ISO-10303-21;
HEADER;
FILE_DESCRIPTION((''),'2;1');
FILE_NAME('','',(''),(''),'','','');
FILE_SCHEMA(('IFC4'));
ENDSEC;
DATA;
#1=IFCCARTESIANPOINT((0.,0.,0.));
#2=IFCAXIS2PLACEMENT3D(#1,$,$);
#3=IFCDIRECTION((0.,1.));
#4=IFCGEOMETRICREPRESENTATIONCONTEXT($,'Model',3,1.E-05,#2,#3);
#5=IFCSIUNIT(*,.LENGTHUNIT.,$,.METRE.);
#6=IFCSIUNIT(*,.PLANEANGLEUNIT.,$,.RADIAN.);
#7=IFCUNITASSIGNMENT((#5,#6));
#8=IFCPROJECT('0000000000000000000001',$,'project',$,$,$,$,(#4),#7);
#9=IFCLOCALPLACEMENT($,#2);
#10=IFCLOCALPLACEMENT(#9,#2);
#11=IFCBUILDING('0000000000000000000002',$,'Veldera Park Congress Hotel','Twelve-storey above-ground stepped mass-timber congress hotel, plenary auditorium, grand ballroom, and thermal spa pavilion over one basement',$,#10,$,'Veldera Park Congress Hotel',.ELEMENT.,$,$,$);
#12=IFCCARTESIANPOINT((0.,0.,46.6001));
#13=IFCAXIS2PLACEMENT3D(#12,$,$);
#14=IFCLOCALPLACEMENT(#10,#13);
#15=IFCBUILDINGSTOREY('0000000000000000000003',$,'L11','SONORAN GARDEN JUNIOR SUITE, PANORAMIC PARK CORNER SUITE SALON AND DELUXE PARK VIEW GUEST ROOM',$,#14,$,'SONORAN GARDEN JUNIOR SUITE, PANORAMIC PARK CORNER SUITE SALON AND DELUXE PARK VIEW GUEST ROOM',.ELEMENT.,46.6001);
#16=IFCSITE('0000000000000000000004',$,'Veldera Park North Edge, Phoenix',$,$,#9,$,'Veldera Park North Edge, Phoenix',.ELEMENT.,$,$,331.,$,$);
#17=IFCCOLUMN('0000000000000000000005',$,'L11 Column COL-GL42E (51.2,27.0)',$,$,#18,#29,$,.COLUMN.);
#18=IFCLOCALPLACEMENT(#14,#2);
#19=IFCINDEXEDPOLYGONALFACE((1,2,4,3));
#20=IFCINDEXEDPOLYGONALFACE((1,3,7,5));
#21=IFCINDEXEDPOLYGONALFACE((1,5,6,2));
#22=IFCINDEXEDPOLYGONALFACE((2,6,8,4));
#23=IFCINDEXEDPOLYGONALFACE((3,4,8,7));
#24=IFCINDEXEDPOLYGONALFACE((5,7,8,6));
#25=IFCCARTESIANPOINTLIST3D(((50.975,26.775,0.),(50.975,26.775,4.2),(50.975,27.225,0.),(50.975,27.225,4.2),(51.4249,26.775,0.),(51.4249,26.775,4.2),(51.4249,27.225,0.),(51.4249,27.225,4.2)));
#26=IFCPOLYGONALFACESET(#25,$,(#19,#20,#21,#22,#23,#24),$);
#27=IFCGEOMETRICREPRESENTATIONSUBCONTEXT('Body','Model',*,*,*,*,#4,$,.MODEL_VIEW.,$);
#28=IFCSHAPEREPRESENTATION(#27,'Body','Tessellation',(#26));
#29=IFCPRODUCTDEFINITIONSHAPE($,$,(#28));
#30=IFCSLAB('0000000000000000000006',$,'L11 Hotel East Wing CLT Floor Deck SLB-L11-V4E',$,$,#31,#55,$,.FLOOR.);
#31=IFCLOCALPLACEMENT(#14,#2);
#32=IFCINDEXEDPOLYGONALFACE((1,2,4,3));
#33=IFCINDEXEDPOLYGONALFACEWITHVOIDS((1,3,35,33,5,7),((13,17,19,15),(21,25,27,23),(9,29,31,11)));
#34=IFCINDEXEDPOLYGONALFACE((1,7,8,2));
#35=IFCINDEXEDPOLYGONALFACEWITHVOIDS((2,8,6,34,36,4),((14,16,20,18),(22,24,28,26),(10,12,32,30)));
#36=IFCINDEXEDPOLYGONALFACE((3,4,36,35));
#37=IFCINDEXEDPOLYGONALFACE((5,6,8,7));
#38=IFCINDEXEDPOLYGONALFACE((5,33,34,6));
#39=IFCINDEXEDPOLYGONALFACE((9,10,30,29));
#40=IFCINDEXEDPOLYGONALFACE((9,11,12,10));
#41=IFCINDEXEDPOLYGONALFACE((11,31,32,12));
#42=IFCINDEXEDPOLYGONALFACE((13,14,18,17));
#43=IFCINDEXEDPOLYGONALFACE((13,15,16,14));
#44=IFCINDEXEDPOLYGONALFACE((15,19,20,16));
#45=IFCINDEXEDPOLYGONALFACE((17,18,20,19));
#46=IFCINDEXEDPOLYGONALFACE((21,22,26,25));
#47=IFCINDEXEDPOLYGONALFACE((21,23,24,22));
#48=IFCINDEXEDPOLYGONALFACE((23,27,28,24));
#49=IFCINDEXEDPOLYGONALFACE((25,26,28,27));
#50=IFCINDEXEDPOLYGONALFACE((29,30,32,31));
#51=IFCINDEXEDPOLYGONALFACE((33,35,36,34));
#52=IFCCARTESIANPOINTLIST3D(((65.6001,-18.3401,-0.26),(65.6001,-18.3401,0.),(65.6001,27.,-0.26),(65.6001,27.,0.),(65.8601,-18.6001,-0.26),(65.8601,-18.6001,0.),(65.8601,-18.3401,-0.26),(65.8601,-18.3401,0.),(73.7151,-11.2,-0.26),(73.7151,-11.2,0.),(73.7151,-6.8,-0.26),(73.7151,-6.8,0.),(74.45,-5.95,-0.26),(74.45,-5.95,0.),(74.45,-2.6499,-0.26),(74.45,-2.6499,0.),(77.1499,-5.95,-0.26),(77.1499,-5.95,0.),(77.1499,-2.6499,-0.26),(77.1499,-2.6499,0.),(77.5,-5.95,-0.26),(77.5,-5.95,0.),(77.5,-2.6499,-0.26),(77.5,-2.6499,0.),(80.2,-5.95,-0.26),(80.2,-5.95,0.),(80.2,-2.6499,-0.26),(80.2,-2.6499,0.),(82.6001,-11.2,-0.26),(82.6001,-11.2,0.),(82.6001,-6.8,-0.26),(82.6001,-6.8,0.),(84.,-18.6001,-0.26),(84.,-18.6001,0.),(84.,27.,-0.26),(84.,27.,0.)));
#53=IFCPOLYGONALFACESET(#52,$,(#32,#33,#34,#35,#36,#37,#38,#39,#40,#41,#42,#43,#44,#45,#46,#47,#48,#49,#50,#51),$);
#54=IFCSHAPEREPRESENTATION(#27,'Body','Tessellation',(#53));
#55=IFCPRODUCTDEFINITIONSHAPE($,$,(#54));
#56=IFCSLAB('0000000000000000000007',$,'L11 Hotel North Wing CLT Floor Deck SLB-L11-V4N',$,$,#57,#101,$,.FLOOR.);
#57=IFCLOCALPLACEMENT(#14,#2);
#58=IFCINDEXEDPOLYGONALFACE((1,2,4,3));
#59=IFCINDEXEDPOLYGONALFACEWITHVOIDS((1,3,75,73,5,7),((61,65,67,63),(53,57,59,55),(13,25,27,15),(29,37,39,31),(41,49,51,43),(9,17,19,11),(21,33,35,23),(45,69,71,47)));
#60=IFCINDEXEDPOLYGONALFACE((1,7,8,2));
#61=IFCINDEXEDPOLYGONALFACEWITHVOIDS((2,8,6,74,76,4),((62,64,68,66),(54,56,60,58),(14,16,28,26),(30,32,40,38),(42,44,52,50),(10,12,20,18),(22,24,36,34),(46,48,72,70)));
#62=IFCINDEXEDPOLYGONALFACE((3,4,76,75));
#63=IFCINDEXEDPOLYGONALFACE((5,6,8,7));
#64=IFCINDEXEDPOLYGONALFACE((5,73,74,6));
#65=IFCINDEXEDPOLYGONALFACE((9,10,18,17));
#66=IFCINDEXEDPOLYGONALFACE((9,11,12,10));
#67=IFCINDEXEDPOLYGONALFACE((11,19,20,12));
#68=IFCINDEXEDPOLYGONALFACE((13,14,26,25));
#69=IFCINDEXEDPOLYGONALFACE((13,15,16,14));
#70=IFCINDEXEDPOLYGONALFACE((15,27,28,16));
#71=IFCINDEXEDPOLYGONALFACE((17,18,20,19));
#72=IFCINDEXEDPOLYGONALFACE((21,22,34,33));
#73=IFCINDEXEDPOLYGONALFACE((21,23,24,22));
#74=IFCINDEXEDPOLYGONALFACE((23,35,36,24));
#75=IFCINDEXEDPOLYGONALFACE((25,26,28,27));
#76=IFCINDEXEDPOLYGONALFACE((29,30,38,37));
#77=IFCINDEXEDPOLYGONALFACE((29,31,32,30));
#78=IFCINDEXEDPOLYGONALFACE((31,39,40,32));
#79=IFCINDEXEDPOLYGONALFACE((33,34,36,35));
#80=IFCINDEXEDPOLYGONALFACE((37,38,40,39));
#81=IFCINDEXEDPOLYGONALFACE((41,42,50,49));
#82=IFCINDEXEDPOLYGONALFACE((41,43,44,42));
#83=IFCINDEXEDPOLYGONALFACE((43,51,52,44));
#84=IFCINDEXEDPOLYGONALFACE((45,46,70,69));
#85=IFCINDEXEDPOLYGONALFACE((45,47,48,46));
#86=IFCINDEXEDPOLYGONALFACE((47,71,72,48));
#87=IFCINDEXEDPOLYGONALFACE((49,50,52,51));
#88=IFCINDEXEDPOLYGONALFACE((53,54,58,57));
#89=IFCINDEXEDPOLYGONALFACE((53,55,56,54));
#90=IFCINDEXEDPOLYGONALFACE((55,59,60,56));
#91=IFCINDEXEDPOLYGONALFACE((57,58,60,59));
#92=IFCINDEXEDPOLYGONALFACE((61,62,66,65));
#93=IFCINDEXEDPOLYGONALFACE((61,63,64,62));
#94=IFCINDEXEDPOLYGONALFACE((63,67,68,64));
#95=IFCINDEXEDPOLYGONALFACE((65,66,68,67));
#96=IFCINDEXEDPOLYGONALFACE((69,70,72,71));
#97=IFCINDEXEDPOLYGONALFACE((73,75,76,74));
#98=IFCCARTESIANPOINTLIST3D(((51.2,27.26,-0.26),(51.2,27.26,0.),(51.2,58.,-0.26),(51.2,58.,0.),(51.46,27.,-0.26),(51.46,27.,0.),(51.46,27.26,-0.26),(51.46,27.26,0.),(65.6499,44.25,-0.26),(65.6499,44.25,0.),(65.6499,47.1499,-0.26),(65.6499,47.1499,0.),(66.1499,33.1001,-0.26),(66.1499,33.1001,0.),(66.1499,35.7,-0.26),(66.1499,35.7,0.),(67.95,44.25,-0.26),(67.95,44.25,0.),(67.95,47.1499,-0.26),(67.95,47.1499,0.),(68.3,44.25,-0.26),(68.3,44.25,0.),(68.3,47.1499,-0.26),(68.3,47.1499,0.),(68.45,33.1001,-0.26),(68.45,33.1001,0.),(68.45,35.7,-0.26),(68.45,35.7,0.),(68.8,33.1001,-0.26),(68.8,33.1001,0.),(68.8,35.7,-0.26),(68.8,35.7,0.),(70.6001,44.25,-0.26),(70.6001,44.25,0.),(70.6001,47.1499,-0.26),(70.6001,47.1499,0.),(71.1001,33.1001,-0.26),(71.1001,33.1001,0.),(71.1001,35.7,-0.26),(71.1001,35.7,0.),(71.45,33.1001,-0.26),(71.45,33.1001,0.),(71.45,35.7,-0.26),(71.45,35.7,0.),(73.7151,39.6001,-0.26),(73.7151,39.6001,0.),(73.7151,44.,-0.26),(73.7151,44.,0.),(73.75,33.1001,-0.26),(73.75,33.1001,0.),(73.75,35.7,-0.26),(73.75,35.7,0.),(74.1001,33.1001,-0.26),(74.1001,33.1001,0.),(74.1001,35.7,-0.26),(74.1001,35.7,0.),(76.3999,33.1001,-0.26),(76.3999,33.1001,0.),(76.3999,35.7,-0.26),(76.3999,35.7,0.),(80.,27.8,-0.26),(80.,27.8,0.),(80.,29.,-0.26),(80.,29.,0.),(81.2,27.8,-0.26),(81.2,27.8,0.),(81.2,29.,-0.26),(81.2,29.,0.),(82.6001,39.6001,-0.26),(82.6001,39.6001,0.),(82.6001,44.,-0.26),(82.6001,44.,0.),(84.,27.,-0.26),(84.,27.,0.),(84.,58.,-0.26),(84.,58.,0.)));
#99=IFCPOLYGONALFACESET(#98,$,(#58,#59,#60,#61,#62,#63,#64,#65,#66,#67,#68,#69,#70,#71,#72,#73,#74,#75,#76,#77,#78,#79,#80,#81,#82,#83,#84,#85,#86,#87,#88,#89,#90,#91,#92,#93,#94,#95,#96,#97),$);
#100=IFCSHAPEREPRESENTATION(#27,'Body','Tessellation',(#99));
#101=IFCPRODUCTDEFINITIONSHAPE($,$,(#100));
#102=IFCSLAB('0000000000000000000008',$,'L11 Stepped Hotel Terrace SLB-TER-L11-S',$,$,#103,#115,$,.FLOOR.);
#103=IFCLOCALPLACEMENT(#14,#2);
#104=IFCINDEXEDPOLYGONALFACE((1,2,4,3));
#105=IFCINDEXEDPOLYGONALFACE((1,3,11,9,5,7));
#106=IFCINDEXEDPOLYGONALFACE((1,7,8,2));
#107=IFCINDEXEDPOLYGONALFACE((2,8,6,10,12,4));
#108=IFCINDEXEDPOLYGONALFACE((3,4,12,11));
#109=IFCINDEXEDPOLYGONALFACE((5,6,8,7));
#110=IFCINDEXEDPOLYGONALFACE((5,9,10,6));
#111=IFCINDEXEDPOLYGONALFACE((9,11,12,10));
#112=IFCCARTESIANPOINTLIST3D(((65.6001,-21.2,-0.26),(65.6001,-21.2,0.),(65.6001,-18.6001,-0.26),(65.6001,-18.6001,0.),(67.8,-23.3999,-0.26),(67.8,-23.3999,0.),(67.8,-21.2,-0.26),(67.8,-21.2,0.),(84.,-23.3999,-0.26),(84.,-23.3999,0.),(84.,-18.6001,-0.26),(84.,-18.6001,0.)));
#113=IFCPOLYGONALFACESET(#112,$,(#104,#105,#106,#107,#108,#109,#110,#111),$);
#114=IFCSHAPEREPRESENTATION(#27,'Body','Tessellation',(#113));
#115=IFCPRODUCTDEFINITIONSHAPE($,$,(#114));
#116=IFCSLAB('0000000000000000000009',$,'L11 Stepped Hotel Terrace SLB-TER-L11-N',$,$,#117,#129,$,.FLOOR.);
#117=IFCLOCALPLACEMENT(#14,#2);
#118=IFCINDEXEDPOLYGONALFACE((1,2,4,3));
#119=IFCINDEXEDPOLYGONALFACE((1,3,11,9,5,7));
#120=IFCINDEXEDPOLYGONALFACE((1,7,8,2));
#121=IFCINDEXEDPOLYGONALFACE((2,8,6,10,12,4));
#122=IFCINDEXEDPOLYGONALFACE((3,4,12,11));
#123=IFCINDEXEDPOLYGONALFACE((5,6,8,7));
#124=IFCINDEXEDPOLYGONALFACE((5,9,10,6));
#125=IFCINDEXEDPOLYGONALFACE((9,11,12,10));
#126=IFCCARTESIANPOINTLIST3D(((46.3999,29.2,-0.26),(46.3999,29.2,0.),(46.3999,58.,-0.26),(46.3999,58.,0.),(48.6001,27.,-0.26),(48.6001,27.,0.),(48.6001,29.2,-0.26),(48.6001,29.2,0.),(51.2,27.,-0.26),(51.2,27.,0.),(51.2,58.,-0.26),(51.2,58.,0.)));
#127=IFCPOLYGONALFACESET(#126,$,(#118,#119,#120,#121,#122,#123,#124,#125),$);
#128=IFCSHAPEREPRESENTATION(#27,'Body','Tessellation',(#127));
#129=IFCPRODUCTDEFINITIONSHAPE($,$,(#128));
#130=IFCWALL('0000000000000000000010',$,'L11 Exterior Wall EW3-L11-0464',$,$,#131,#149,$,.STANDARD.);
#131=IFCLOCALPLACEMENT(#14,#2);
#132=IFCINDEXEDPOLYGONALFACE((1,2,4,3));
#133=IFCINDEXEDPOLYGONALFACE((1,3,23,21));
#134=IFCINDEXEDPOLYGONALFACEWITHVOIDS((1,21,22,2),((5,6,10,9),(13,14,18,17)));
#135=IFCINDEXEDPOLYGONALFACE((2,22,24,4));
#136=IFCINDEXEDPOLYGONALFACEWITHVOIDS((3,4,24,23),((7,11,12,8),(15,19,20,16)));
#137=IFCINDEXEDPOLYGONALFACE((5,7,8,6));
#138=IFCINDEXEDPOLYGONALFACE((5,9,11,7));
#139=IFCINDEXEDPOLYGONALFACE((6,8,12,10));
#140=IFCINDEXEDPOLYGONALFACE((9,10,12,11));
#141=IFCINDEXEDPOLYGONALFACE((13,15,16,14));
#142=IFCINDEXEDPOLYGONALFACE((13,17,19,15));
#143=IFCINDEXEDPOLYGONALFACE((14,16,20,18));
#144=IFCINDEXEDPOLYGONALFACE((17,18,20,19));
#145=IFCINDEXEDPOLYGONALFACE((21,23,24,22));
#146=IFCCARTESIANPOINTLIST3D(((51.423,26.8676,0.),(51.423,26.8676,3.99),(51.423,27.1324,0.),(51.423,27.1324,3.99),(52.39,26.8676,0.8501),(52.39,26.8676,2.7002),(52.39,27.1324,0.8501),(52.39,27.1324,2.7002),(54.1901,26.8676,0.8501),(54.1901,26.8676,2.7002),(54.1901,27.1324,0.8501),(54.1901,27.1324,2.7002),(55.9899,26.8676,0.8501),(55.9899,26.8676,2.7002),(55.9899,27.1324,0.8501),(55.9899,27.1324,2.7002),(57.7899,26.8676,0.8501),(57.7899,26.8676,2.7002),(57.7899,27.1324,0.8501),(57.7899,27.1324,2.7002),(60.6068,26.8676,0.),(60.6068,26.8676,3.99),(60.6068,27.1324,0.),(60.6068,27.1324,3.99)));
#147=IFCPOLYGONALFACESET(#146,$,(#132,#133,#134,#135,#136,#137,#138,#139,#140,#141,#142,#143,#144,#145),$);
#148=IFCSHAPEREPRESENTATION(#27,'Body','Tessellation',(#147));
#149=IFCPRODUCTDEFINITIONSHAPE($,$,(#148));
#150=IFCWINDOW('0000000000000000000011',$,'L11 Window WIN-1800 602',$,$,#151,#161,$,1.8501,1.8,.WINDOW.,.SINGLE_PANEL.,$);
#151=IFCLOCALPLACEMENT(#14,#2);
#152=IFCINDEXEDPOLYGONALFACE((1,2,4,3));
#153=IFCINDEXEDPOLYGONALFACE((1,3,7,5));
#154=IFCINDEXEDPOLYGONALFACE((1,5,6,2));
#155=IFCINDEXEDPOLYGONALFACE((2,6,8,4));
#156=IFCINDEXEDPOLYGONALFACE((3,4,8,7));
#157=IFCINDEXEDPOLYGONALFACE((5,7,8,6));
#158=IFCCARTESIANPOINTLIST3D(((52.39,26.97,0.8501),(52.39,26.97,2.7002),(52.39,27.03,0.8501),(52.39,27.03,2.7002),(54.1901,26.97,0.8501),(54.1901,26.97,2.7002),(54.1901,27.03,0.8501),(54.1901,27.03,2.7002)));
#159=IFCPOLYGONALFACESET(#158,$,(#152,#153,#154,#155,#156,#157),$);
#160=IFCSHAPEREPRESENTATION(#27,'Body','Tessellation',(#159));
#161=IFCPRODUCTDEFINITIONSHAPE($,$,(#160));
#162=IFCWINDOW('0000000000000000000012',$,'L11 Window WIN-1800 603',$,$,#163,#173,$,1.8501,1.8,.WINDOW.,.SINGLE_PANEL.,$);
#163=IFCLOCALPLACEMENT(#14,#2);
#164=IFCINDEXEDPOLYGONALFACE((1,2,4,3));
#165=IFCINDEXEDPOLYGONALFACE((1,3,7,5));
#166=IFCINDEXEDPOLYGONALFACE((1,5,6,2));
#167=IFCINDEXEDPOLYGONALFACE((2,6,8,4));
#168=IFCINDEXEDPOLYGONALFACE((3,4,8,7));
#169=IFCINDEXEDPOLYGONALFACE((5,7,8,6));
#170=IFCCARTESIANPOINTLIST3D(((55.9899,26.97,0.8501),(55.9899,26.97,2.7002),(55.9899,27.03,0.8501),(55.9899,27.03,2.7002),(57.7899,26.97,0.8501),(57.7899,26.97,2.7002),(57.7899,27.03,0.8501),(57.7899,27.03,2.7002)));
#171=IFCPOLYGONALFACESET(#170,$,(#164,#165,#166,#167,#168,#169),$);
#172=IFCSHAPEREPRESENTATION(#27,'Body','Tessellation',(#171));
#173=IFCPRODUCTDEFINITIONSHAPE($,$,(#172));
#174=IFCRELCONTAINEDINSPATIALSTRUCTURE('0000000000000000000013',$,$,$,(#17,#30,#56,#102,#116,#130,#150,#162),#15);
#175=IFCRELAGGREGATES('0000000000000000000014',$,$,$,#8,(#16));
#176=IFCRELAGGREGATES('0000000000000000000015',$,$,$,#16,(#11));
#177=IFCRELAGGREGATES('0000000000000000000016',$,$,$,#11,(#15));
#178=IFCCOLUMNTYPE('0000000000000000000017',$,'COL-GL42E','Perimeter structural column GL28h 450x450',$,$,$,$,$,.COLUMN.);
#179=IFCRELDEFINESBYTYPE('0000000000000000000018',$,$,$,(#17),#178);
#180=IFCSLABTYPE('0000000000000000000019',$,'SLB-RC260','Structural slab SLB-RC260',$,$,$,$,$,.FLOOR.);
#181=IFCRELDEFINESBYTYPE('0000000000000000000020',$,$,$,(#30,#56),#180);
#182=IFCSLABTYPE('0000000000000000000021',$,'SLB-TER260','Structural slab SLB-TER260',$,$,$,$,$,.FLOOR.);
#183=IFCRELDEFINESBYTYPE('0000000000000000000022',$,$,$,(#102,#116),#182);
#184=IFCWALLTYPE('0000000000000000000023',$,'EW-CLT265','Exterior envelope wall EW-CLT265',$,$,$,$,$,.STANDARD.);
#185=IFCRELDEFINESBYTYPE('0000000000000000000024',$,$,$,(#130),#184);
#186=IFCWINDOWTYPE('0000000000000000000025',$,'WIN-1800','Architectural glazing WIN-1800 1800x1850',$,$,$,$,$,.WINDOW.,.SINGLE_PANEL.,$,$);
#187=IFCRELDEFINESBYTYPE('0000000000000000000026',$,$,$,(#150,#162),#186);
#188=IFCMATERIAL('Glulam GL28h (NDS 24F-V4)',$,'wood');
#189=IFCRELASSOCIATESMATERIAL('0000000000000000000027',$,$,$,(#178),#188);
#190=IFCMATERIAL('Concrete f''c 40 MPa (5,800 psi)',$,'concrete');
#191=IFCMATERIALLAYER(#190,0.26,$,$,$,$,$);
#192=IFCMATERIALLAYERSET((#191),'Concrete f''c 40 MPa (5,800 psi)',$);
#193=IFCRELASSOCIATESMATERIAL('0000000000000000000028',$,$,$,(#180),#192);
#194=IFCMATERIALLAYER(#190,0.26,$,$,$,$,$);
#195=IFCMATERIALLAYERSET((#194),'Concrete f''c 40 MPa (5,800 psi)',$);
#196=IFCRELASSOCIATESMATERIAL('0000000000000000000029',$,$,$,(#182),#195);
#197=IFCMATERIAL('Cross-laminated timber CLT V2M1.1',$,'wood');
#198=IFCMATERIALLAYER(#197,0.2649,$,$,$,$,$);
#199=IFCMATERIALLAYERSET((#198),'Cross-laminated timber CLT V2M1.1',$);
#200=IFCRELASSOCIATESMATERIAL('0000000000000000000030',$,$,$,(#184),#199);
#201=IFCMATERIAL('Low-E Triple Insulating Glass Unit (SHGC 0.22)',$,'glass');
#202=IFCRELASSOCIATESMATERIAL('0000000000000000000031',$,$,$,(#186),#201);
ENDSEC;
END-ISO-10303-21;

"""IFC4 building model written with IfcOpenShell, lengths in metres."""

from ifc_helpers import new_model, si_unit, direction, frame, frame_2d, origin, origin_2d, place, context, subcontext, project, spatial, polyline, rectangle, outline, extrude, material, layer, layer_set, material_profile, profile_set, type_object, element, fill, save


model = new_model("IFC4")

# Units and contexts
model_context = context("Model", 3, precision=1e-05, world=origin(), true_north=direction((0.0, 1.0)))
body_context = subcontext(model_context, "Body", "Model", "MODEL_VIEW")
ifc_project = project(units=[si_unit("LENGTHUNIT", "METRE"), si_unit("PLANEANGLEUNIT", "RADIAN")], contexts=[model_context])

# Site, building, storey
site_placement = place(None, origin())
site = spatial("IfcSite", under=ifc_project, at=site_placement, Name="Veldera Park North Edge, Phoenix", LongName="Veldera Park North Edge, Phoenix", CompositionType="ELEMENT", RefElevation=331.0)
building_placement = place(site_placement, origin())
building = spatial("IfcBuilding", under=site, at=building_placement, Name="Veldera Park Congress Hotel", Description="Twelve-storey above-ground stepped mass-timber congress hotel, plenary auditorium, grand ballroom, and thermal spa pavilion over one basement", LongName="Veldera Park Congress Hotel", CompositionType="ELEMENT")
storey_placement = place(building_placement, frame((0.0, 0.0, 46.6001)))
storey = spatial("IfcBuildingStorey", under=building, at=storey_placement, Name="L11", Description="SONORAN GARDEN JUNIOR SUITE, PANORAMIC PARK CORNER SUITE SALON AND DELUXE PARK VIEW GUEST ROOM", LongName="SONORAN GARDEN JUNIOR SUITE, PANORAMIC PARK CORNER SUITE SALON AND DELUXE PARK VIEW GUEST ROOM", CompositionType="ELEMENT", Elevation=46.6001)

# Column
ifc_material_1 = material(Name="Glulam GL28h (NDS 24F-V4)", Category="wood")
ifc_material_profile = material_profile(ifc_material_1, rectangle(XDim=0.45, YDim=0.45, at=origin_2d()), Name="GL28h 450x450")
ifc_profile_set = profile_set([ifc_material_profile], Name="Glulam GL28h (NDS 24F-V4)")
column_type = type_object("IfcColumnType", Name="COL-GL42E", Description="Perimeter structural column GL28h 450x450", PredefinedType="COLUMN", material=ifc_profile_set)
column_placement = place(storey_placement, frame((51.2, 27.0, 0.0), z_axis=(0.0, 0.0, 1.0), x_axis=(1.0, 0.0, 0.0)))
element("IfcColumn", 1, at=column_placement, inside=storey, type_object=column_type, Name="L11 Column COL-GL42E (51.2,27.0)", PredefinedType="COLUMN", context=body_context, shape_type="SweptSolid", body=[
    extrude(rectangle(XDim=0.45, YDim=0.45, at=origin_2d()), origin(), (0.0, 0.0, 1.0), 4.2),
])

# Slabs
ifc_material_2 = material(Name="Concrete f'c 40 MPa (5,800 psi)", Category="concrete")
ifc_layer_1 = layer(ifc_material_2, 0.26)
ifc_layer_set_1 = layer_set([ifc_layer_1], Name="Concrete f'c 40 MPa (5,800 psi)")
slab_type_1 = type_object("IfcSlabType", Name="SLB-RC260", Description="Structural slab SLB-RC260", PredefinedType="FLOOR", material=ifc_layer_set_1)
slab_1_placement = place(storey_placement, frame((0.0, 0.0, -0.26)))
element("IfcSlab", 2, at=slab_1_placement, inside=storey, type_object=slab_type_1, Name="L11 Hotel East Wing CLT Floor Deck SLB-L11-V4E", PredefinedType="FLOOR", context=body_context, shape_type="SweptSolid", body=[
    extrude(outline(polyline([(65.6001, -18.3401), (65.8601, -18.3401), (65.8601, -18.6001), (84.0, -18.6001), (84.0, 27.0), (65.6001, 27.0), (65.6001, -18.3401)]), holes=[polyline([(73.7151, -11.2), (82.6001, -11.2), (82.6001, -6.8), (73.7151, -6.8), (73.7151, -11.2)]), polyline([(74.45, -5.95), (77.1499, -5.95), (77.1499, -2.6499), (74.45, -2.6499), (74.45, -5.95)]), polyline([(77.5, -5.95), (80.2, -5.95), (80.2, -2.6499), (77.5, -2.6499), (77.5, -5.95)])]), origin(), (0.0, 0.0, 1.0), 0.26),
])
slab_2_placement = place(storey_placement, frame((0.0, 0.0, -0.26)))
element("IfcSlab", 3, at=slab_2_placement, inside=storey, type_object=slab_type_1, Name="L11 Hotel North Wing CLT Floor Deck SLB-L11-V4N", PredefinedType="FLOOR", context=body_context, shape_type="SweptSolid", body=[
    extrude(outline(polyline([(51.2, 27.26), (51.46, 27.26), (51.46, 27.0), (84.0, 27.0), (84.0, 58.0), (51.2, 58.0), (51.2, 27.26)]), holes=[polyline([(73.7151, 39.6001), (82.6001, 39.6001), (82.6001, 44.0), (73.7151, 44.0), (73.7151, 39.6001)]), polyline([(65.6499, 44.25), (67.95, 44.25), (67.95, 47.1499), (65.6499, 47.1499), (65.6499, 44.25)]), polyline([(68.3, 44.25), (70.6001, 44.25), (70.6001, 47.1499), (68.3, 47.1499), (68.3, 44.25)]), polyline([(66.1499, 33.1001), (68.45, 33.1001), (68.45, 35.7), (66.1499, 35.7), (66.1499, 33.1001)]), polyline([(68.8, 33.1001), (71.1001, 33.1001), (71.1001, 35.7), (68.8, 35.7), (68.8, 33.1001)]), polyline([(71.45, 33.1001), (73.75, 33.1001), (73.75, 35.7), (71.45, 35.7), (71.45, 33.1001)]), polyline([(74.1001, 33.1001), (76.3999, 33.1001), (76.3999, 35.7), (74.1001, 35.7), (74.1001, 33.1001)]), polyline([(80.0, 27.8), (81.2, 27.8), (81.2, 29.0), (80.0, 29.0), (80.0, 27.8)])]), origin(), (0.0, 0.0, 1.0), 0.26),
])
ifc_layer_2 = layer(ifc_material_2, 0.26)
ifc_layer_set_2 = layer_set([ifc_layer_2], Name="Concrete f'c 40 MPa (5,800 psi)")
slab_type_2 = type_object("IfcSlabType", Name="SLB-TER260", Description="Structural slab SLB-TER260", PredefinedType="FLOOR", material=ifc_layer_set_2)
slab_3_placement = place(storey_placement, frame((0.0, 0.0, -0.26)))
element("IfcSlab", 4, at=slab_3_placement, inside=storey, type_object=slab_type_2, Name="L11 Stepped Hotel Terrace SLB-TER-L11-S", PredefinedType="FLOOR", context=body_context, shape_type="SweptSolid", body=[
    extrude(outline(polyline([(65.6001, -21.2), (67.8, -21.2), (67.8, -23.3999), (84.0, -23.3999), (84.0, -18.6001), (65.6001, -18.6001), (65.6001, -21.2)])), origin(), (0.0, 0.0, 1.0), 0.26),
])
slab_4_placement = place(storey_placement, frame((0.0, 0.0, -0.26)))
element("IfcSlab", 5, at=slab_4_placement, inside=storey, type_object=slab_type_2, Name="L11 Stepped Hotel Terrace SLB-TER-L11-N", PredefinedType="FLOOR", context=body_context, shape_type="SweptSolid", body=[
    extrude(outline(polyline([(46.3999, 29.2), (48.6001, 29.2), (48.6001, 27.0), (51.2, 27.0), (51.2, 58.0), (46.3999, 58.0), (46.3999, 29.2)])), origin(), (0.0, 0.0, 1.0), 0.26),
])

# Wall, openings, windows
ifc_material_3 = material(Name="Cross-laminated timber CLT V2M1.1", Category="wood")
ifc_layer_3 = layer(ifc_material_3, 0.2649)
ifc_layer_set_3 = layer_set([ifc_layer_3], Name="Cross-laminated timber CLT V2M1.1")
wall_type_1 = type_object("IfcWallType", Name="EW-CLT265", Description="Exterior envelope wall EW-CLT265", PredefinedType="STANDARD", material=ifc_layer_set_3)
wall_1_placement = place(storey_placement, frame((51.4231, 27.0, 0.0), z_axis=(0.0, 0.0, 1.0), x_axis=(1.0, 0.0, 0.0)))
wall_1 = element("IfcWall", 6, at=wall_1_placement, inside=storey, type_object=wall_type_1, Name="L11 Exterior Wall EW3-L11-0464", PredefinedType="STANDARD", context=body_context, shape_type="SweptSolid", body=[
    extrude(rectangle(XDim=9.1838, YDim=0.2649, at=frame_2d((4.5918, 0.0))), origin(), (0.0, 0.0, 1.0), 3.99),
])
opening_1_placement = place(wall_1_placement, frame((0.967, 0.0, 0.8501)))
opening_1 = element("IfcOpeningElement", 7, at=opening_1_placement, cuts=wall_1, PredefinedType="OPENING", context=body_context, shape_type="SweptSolid", body=[
    extrude(rectangle(XDim=1.8, YDim=1.8501, at=frame_2d((0.8999, 0.925))), frame((0.0, 0.1445, 0.0), z_axis=(0.0, -1.0, 0.0), x_axis=(1.0, 0.0, 0.0)), (0.0, 0.0, 1.0), 0.2888),
])
opening_2_placement = place(wall_1_placement, frame((4.5669, 0.0, 0.8501)))
opening_2 = element("IfcOpeningElement", 8, at=opening_2_placement, cuts=wall_1, PredefinedType="OPENING", context=body_context, shape_type="SweptSolid", body=[
    extrude(rectangle(XDim=1.8, YDim=1.8501, at=frame_2d((0.8999, 0.925))), frame((0.0, 0.1445, 0.0), z_axis=(0.0, -1.0, 0.0), x_axis=(1.0, 0.0, 0.0)), (0.0, 0.0, 1.0), 0.2888),
])
ifc_material_4 = material(Name="Low-E Triple Insulating Glass Unit (SHGC 0.22)", Category="glass")
window_type = type_object("IfcWindowType", Name="WIN-1800", Description="Architectural glazing WIN-1800 1800x1850", PartitioningType="SINGLE_PANEL", PredefinedType="WINDOW", material=ifc_material_4)
window_1_placement = place(opening_1_placement, origin())
window_1 = element("IfcWindow", 9, at=window_1_placement, inside=storey, type_object=window_type, Name="L11 Window WIN-1800 602", OverallHeight=1.8501, OverallWidth=1.8, PartitioningType="SINGLE_PANEL", PredefinedType="WINDOW", context=body_context, shape_type="SweptSolid", body=[
    extrude(rectangle(XDim=1.8, YDim=1.8501, at=frame_2d((0.8999, 0.925))), frame((0.0, 0.03, 0.0), z_axis=(0.0, -1.0, 0.0), x_axis=(1.0, 0.0, 0.0)), (0.0, 0.0, 1.0), 0.0601),
])
fill(opening_1, window_1)
window_2_placement = place(opening_2_placement, origin())
window_2 = element("IfcWindow", 10, at=window_2_placement, inside=storey, type_object=window_type, Name="L11 Window WIN-1800 603", OverallHeight=1.8501, OverallWidth=1.8, PartitioningType="SINGLE_PANEL", PredefinedType="WINDOW", context=body_context, shape_type="SweptSolid", body=[
    extrude(rectangle(XDim=1.8, YDim=1.8501, at=frame_2d((0.8999, 0.925))), frame((0.0, 0.03, 0.0), z_axis=(0.0, -1.0, 0.0), x_axis=(1.0, 0.0, 0.0)), (0.0, 0.0, 1.0), 0.0601),
])
fill(opening_2, window_2)

save(model, "model.ifc")
